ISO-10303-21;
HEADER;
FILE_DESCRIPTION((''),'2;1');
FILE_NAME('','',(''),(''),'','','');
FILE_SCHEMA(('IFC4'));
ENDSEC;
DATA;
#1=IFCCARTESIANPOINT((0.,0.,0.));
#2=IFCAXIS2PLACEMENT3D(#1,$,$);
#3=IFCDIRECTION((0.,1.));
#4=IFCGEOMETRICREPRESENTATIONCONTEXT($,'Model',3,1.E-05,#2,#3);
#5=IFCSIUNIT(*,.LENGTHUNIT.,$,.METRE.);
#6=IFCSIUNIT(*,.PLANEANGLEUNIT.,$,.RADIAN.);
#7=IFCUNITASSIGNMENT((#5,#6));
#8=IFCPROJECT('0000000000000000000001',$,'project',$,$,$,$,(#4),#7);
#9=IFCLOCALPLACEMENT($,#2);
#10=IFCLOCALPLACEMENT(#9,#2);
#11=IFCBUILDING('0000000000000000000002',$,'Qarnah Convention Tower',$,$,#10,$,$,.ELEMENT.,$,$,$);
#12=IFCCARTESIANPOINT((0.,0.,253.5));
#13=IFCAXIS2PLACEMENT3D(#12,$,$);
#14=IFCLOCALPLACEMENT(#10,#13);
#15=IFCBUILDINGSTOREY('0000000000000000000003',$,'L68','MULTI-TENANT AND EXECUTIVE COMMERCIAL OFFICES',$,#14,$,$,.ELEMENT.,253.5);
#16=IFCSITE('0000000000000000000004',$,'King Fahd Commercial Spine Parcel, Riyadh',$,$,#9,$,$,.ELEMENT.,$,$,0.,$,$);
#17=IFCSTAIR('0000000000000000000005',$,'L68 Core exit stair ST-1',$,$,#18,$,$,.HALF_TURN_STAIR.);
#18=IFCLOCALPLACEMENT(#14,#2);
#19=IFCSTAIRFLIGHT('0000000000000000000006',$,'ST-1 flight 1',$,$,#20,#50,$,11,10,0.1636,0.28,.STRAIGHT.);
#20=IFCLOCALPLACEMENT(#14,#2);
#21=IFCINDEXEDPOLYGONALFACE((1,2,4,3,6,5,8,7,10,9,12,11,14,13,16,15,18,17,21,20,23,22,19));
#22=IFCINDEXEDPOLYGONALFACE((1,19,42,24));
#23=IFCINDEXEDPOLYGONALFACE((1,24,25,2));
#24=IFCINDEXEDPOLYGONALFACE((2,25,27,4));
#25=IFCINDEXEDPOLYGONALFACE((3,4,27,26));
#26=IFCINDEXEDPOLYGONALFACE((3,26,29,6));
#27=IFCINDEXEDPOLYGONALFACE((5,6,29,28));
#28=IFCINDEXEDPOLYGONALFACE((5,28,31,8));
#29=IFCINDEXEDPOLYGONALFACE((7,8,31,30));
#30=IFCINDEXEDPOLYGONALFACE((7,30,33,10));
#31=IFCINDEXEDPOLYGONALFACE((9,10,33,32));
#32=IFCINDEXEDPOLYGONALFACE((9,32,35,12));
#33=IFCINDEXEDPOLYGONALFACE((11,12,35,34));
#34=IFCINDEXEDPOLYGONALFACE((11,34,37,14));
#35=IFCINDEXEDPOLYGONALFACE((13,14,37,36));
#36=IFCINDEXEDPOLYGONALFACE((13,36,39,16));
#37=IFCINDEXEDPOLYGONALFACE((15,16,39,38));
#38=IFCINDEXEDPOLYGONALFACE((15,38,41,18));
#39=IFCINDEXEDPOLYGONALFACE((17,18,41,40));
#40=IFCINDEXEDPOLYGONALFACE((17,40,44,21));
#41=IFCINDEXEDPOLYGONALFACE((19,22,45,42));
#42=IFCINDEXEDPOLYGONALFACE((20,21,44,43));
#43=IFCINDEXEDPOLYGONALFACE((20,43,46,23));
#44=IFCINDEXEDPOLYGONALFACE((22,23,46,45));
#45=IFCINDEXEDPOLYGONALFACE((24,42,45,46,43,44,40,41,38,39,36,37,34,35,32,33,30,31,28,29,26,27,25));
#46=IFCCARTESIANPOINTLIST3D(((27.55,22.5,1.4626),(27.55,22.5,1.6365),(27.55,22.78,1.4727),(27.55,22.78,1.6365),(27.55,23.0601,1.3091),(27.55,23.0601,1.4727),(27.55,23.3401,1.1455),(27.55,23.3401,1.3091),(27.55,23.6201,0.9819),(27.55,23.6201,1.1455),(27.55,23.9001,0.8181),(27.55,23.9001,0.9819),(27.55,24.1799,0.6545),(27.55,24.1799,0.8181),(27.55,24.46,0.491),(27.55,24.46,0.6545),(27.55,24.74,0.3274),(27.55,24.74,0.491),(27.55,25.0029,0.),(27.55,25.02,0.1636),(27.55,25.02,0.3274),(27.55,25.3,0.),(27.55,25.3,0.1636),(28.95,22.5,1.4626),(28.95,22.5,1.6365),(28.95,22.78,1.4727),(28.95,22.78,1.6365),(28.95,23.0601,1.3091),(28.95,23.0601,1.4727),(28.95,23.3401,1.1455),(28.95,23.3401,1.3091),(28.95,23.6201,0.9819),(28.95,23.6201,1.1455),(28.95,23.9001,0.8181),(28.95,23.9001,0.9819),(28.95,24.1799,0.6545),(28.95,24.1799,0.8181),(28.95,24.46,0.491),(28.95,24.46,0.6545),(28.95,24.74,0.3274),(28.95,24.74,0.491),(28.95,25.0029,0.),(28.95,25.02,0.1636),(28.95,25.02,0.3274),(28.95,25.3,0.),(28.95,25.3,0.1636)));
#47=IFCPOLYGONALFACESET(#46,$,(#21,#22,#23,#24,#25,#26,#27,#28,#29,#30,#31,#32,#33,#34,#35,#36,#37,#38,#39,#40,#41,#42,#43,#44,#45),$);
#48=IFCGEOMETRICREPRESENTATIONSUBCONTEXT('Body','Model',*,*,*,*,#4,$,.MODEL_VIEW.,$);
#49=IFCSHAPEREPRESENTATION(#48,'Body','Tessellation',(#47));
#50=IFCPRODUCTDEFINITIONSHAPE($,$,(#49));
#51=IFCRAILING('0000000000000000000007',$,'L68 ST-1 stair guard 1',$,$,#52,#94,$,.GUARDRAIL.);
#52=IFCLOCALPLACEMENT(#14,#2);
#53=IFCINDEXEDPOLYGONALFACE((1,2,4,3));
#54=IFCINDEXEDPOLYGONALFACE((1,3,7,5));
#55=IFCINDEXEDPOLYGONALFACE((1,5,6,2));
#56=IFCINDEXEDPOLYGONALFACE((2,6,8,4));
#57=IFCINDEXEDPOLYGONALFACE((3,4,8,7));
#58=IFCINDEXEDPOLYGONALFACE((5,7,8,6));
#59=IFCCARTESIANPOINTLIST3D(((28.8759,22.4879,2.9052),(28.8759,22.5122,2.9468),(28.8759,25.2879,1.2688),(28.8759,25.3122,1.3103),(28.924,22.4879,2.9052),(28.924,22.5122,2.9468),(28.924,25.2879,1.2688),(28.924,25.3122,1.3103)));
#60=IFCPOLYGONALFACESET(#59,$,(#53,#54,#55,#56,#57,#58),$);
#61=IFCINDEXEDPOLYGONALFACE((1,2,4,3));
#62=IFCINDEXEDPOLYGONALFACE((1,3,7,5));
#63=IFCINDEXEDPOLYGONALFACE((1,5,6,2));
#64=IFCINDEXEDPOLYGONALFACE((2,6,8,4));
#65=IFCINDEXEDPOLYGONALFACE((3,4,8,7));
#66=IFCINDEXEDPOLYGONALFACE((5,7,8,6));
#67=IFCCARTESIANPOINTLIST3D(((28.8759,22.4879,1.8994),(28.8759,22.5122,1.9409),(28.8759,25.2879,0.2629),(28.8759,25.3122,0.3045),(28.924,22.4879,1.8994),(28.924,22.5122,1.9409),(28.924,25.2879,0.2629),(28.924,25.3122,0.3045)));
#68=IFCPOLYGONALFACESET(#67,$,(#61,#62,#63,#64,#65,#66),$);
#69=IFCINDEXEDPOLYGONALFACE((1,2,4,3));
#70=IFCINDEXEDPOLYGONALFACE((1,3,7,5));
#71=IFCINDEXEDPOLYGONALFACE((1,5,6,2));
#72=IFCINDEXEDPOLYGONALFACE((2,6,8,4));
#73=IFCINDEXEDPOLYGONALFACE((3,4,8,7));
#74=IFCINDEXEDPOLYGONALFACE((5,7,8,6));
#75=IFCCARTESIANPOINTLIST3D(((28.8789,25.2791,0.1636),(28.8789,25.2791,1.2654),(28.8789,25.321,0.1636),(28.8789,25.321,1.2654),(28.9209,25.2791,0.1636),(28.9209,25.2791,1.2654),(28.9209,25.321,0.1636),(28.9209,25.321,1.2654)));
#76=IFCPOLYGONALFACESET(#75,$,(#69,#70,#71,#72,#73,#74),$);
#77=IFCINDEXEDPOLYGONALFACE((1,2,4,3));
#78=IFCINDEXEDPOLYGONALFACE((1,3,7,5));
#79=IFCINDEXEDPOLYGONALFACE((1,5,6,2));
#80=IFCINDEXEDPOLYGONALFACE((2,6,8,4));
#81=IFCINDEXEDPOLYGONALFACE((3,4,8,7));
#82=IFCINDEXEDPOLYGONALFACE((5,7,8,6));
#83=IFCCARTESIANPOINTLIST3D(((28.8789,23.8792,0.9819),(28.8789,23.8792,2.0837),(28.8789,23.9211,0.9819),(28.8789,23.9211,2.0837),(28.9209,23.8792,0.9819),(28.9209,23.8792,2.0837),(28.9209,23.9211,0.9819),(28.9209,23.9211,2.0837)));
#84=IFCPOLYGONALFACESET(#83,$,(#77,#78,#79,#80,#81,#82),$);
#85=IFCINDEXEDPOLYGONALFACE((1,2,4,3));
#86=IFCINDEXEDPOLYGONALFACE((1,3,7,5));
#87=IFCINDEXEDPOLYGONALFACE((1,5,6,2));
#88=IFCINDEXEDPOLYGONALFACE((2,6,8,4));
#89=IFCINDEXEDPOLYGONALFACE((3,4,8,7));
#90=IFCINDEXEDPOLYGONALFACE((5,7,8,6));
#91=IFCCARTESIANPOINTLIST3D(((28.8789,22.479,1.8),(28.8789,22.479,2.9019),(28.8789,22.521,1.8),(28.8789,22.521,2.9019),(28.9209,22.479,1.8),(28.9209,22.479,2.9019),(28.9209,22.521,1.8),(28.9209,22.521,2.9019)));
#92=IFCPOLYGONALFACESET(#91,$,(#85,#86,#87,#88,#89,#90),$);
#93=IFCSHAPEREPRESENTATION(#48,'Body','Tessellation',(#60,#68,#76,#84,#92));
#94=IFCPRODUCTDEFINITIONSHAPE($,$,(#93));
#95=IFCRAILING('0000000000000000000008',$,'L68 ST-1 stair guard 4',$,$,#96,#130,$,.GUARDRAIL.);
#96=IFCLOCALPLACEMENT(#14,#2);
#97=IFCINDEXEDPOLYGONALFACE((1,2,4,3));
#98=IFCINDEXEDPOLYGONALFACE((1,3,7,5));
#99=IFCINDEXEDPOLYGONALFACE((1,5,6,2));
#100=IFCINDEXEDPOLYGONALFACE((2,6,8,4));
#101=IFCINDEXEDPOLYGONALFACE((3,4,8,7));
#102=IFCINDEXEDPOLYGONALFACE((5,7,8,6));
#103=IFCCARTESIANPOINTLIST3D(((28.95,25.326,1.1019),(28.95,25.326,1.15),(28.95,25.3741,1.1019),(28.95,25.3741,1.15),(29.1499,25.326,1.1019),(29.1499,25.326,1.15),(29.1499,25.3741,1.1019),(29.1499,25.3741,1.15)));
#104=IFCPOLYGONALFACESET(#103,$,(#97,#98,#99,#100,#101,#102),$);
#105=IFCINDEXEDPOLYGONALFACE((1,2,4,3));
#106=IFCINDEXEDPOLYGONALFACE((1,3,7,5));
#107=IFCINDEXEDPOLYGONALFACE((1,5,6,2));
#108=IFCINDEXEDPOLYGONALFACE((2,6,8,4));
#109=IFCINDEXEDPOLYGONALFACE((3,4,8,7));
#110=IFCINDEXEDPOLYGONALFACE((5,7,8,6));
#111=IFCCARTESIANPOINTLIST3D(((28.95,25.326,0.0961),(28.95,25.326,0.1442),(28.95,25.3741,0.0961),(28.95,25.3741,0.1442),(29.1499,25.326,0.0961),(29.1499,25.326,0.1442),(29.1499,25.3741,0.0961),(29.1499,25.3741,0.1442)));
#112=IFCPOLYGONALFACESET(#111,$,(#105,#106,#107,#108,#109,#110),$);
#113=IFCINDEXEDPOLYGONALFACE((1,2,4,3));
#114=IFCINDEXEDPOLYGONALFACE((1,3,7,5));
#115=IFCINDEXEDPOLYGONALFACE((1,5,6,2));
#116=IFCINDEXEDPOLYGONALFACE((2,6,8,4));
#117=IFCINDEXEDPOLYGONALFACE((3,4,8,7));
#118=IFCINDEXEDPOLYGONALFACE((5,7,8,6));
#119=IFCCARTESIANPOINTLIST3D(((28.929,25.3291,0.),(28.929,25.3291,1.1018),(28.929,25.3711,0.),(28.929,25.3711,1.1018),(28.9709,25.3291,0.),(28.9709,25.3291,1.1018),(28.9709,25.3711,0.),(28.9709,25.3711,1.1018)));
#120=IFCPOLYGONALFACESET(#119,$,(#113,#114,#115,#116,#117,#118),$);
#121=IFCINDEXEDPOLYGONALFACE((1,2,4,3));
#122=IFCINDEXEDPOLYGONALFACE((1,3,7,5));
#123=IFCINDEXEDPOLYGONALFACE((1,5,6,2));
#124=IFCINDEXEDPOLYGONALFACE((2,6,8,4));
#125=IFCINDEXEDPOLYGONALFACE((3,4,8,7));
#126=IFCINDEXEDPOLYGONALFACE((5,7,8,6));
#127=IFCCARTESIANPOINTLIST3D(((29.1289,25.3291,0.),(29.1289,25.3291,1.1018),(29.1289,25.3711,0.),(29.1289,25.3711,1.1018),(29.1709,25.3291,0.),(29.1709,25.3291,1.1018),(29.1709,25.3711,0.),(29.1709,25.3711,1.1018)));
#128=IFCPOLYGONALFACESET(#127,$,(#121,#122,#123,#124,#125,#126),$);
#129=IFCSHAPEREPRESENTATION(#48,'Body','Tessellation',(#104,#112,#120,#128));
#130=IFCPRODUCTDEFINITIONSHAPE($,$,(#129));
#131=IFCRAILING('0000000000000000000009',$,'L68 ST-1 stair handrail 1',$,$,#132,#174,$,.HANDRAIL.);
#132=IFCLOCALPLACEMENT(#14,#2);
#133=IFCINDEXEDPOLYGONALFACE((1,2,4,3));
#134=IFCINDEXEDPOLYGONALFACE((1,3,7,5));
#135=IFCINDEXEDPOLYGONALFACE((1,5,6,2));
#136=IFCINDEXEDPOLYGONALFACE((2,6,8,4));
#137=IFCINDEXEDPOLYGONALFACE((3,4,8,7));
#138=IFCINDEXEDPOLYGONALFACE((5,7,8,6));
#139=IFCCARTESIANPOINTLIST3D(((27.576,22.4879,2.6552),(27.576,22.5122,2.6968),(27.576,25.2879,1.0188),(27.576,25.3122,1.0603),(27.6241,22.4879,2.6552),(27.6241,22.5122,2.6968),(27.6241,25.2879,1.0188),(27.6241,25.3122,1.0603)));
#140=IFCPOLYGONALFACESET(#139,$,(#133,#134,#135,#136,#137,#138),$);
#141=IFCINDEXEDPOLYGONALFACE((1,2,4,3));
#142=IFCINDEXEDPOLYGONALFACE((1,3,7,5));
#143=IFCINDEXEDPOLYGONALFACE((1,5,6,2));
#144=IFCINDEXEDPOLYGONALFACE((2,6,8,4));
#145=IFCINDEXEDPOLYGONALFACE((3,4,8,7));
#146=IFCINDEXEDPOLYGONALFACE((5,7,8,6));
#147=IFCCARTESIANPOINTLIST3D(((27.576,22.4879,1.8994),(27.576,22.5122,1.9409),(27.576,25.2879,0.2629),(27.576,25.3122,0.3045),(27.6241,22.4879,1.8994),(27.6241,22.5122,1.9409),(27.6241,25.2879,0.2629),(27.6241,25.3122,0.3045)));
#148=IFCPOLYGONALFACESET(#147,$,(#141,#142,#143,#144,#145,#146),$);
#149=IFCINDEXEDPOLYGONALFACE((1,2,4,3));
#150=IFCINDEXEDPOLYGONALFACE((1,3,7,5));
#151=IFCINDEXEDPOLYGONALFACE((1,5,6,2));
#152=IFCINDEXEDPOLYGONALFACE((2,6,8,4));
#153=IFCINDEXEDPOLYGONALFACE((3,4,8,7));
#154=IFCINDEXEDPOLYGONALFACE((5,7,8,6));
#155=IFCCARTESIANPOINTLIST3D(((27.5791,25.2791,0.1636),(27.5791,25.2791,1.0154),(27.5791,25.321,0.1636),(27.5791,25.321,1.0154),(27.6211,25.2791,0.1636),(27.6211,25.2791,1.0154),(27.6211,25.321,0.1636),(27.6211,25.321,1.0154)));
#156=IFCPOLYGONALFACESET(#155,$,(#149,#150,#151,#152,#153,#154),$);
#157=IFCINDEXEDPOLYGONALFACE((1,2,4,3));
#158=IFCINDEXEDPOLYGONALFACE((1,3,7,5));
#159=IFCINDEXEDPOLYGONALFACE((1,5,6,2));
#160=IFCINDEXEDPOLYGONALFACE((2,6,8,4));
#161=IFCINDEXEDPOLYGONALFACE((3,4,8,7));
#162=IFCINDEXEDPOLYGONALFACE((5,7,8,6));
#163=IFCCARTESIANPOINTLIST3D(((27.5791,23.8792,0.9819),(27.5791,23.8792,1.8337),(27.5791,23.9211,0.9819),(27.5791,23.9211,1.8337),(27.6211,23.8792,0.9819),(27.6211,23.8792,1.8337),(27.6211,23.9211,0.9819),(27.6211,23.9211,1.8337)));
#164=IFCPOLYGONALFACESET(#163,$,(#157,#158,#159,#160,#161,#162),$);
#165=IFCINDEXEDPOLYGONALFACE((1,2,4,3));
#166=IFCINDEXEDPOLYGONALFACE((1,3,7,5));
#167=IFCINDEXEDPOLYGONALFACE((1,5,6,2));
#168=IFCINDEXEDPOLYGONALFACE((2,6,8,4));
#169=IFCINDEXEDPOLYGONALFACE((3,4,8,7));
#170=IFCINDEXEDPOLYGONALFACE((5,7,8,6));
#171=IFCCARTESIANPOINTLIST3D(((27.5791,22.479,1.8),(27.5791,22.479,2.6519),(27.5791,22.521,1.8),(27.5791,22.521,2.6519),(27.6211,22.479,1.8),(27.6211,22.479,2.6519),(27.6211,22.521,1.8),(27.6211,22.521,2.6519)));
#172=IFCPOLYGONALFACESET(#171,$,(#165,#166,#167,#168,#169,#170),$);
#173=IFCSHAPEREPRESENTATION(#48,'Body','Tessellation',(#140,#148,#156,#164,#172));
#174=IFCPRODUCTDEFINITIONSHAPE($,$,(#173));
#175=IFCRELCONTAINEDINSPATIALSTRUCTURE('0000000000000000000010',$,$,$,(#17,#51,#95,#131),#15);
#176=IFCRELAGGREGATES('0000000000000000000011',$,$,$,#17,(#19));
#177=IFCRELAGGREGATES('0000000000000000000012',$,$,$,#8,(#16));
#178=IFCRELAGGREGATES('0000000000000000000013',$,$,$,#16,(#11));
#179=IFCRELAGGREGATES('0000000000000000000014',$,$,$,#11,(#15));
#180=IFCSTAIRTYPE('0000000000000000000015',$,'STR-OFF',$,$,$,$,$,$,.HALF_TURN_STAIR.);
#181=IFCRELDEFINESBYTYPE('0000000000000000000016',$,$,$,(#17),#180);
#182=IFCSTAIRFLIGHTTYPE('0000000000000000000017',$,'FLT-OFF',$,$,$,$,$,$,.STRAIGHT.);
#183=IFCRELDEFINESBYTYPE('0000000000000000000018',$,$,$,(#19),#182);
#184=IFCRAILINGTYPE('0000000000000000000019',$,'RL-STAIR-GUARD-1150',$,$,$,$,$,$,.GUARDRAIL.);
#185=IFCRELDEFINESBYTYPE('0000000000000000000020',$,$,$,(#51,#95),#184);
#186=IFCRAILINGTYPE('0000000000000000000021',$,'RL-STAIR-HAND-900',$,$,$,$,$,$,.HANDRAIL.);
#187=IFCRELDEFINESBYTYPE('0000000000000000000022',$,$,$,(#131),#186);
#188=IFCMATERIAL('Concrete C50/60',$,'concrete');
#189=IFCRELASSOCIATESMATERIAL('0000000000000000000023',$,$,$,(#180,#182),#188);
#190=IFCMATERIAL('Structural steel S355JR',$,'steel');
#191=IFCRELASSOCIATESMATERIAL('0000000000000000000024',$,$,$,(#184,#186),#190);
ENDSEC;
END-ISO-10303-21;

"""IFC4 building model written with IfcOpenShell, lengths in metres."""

from ifc_helpers import new_model, si_unit, direction, frame, origin, origin_2d, place, context, subcontext, project, spatial, polyline, rectangle, outline, extrude, material, type_object, element, aggregate, save


model = new_model("IFC4")

# Units and contexts
model_context = context("Model", 3, precision=1e-05, world=origin(), true_north=direction((0.0, 1.0)))
body_context = subcontext(model_context, "Body", "Model", "MODEL_VIEW")
ifc_project = project(units=[si_unit("LENGTHUNIT", "METRE"), si_unit("PLANEANGLEUNIT", "RADIAN")], contexts=[model_context])

# Site, building, storey
site_placement = place(None, origin())
site = spatial("IfcSite", under=ifc_project, at=site_placement, Name="King Fahd Commercial Spine Parcel, Riyadh", CompositionType="ELEMENT", RefElevation=0.0)
building_placement = place(site_placement, origin())
building = spatial("IfcBuilding", under=site, at=building_placement, Name="Qarnah Convention Tower", CompositionType="ELEMENT")
storey_placement = place(building_placement, frame((0.0, 0.0, 253.5)))
storey = spatial("IfcBuildingStorey", under=building, at=storey_placement, Name="L68", Description="MULTI-TENANT AND EXECUTIVE COMMERCIAL OFFICES", CompositionType="ELEMENT", Elevation=253.5)

# Shared definitions
ifc_material_1 = material(Name="Concrete C50/60", Category="concrete")

# Shared definitions
ifc_material_2 = material(Name="Structural steel S355JR", Category="steel")

# Stair, stair flight
stair_type = type_object("IfcStairType", Name="STR-OFF", PredefinedType="HALF_TURN_STAIR", material=ifc_material_1)
stair_placement = place(storey_placement, origin())
stair = element("IfcStair", 1, at=stair_placement, inside=storey, type_object=stair_type, Name="L68 Core exit stair ST-1", PredefinedType="HALF_TURN_STAIR")
stair_flight_type = type_object("IfcStairFlightType", Name="FLT-OFF", PredefinedType="STRAIGHT", material=ifc_material_1)
stair_flight_placement = place(storey_placement, frame((28.25, 25.3, 0.0), z_axis=(0.0, 0.0, 1.0), x_axis=(0.0, -1.0, 0.0)))
stair_flight = element("IfcStairFlight", 2, at=stair_flight_placement, type_object=stair_flight_type, Name="ST-1 flight 1", NumberOfRisers=11, NumberOfTreads=10, PredefinedType="STRAIGHT", RiserHeight=0.1636, TreadLength=0.28, context=body_context, shape_type="SweptSolid", body=[
    extrude(outline(polyline([(0.0, 0.0), (0.0, 0.1636), (0.28, 0.1636), (0.28, 0.3274), (0.5601, 0.3274), (0.5601, 0.491), (0.8401, 0.491), (0.8401, 0.6545), (1.1201, 0.6545), (1.1201, 0.8181), (1.3999, 0.8181), (1.3999, 0.9819), (1.6799, 0.9819), (1.6799, 1.1455), (1.96, 1.1455), (1.96, 1.3091), (2.24, 1.3091), (2.24, 1.4727), (2.52, 1.4727), (2.52, 1.6365), (2.8, 1.6365), (2.8, 1.8), (2.8, 1.4626), (0.2971, 0.0), (0.0, 0.0)])), frame((0.0, 0.7, 0.0), z_axis=(0.0, -1.0, 0.0), x_axis=(1.0, 0.0, 0.0)), (0.0, 0.0, 1.0), 1.3999),
])
aggregate(stair, [stair_flight])

# Railings
railing_type_1 = type_object("IfcRailingType", Name="RL-STAIR-GUARD-1150", PredefinedType="GUARDRAIL", material=ifc_material_2)
railing_1_placement = place(storey_placement, frame((28.8999, 25.3, 0.1636)))
element("IfcRailing", 3, at=railing_1_placement, inside=storey, type_object=railing_type_1, Name="L68 ST-1 stair guard 1", PredefinedType="GUARDRAIL", context=body_context, shape_type="SweptSolid", body=[
    extrude(rectangle(XDim=0.0481, YDim=0.0481, at=origin_2d()), frame((0.0, 0.0, 1.126), z_axis=(0.0, -0.863361, 0.504587), x_axis=(1.0, 0.0, 0.0)), (0.0, 0.0, 1.0), 3.2432),
    extrude(rectangle(XDim=0.0481, YDim=0.0481, at=origin_2d()), frame((0.0, 0.0, 0.1201), z_axis=(0.0, -0.863361, 0.504587), x_axis=(1.0, 0.0, 0.0)), (0.0, 0.0, 1.0), 3.2432),
    extrude(rectangle(XDim=0.042, YDim=0.042, at=origin_2d()), origin(), (0.0, 0.0, 1.0), 1.1018),
    extrude(rectangle(XDim=0.042, YDim=0.042, at=origin_2d()), frame((0.0, -1.3999, 0.8184)), (0.0, 0.0, 1.0), 1.1018),
    extrude(rectangle(XDim=0.042, YDim=0.042, at=origin_2d()), frame((0.0, -2.8, 1.6365)), (0.0, 0.0, 1.0), 1.1018),
])
railing_2_placement = place(storey_placement, frame((28.95, 25.3501, 0.0)))
element("IfcRailing", 4, at=railing_2_placement, inside=storey, type_object=railing_type_1, Name="L68 ST-1 stair guard 4", PredefinedType="GUARDRAIL", context=body_context, shape_type="SweptSolid", body=[
    extrude(rectangle(XDim=0.0481, YDim=0.0481, at=origin_2d()), frame((0.0, 0.0, 1.126), z_axis=(1.0, 0.0, 0.0), x_axis=(0.0, 1.0, 0.0)), (0.0, 0.0, 1.0), 0.2),
    extrude(rectangle(XDim=0.0481, YDim=0.0481, at=origin_2d()), frame((0.0, 0.0, 0.1201), z_axis=(1.0, 0.0, 0.0), x_axis=(0.0, 1.0, 0.0)), (0.0, 0.0, 1.0), 0.2),
    extrude(rectangle(XDim=0.042, YDim=0.042, at=origin_2d()), origin(), (0.0, 0.0, 1.0), 1.1018),
    extrude(rectangle(XDim=0.042, YDim=0.042, at=origin_2d()), frame((0.2, 0.0, 0.0)), (0.0, 0.0, 1.0), 1.1018),
])
railing_type_2 = type_object("IfcRailingType", Name="RL-STAIR-HAND-900", PredefinedType="HANDRAIL", material=ifc_material_2)
railing_3_placement = place(storey_placement, frame((27.6001, 25.3, 0.1636)))
element("IfcRailing", 5, at=railing_3_placement, inside=storey, type_object=railing_type_2, Name="L68 ST-1 stair handrail 1", PredefinedType="HANDRAIL", context=body_context, shape_type="SweptSolid", body=[
    extrude(rectangle(XDim=0.0481, YDim=0.0481, at=origin_2d()), frame((0.0, 0.0, 0.876), z_axis=(0.0, -0.863361, 0.504587), x_axis=(1.0, 0.0, 0.0)), (0.0, 0.0, 1.0), 3.2432),
    extrude(rectangle(XDim=0.0481, YDim=0.0481, at=origin_2d()), frame((0.0, 0.0, 0.1201), z_axis=(0.0, -0.863361, 0.504587), x_axis=(1.0, 0.0, 0.0)), (0.0, 0.0, 1.0), 3.2432),
    extrude(rectangle(XDim=0.042, YDim=0.042, at=origin_2d()), origin(), (0.0, 0.0, 1.0), 0.8518),
    extrude(rectangle(XDim=0.042, YDim=0.042, at=origin_2d()), frame((0.0, -1.3999, 0.8184)), (0.0, 0.0, 1.0), 0.8518),
    extrude(rectangle(XDim=0.042, YDim=0.042, at=origin_2d()), frame((0.0, -2.8, 1.6365)), (0.0, 0.0, 1.0), 0.8518),
])

save(model, "model.ifc")
